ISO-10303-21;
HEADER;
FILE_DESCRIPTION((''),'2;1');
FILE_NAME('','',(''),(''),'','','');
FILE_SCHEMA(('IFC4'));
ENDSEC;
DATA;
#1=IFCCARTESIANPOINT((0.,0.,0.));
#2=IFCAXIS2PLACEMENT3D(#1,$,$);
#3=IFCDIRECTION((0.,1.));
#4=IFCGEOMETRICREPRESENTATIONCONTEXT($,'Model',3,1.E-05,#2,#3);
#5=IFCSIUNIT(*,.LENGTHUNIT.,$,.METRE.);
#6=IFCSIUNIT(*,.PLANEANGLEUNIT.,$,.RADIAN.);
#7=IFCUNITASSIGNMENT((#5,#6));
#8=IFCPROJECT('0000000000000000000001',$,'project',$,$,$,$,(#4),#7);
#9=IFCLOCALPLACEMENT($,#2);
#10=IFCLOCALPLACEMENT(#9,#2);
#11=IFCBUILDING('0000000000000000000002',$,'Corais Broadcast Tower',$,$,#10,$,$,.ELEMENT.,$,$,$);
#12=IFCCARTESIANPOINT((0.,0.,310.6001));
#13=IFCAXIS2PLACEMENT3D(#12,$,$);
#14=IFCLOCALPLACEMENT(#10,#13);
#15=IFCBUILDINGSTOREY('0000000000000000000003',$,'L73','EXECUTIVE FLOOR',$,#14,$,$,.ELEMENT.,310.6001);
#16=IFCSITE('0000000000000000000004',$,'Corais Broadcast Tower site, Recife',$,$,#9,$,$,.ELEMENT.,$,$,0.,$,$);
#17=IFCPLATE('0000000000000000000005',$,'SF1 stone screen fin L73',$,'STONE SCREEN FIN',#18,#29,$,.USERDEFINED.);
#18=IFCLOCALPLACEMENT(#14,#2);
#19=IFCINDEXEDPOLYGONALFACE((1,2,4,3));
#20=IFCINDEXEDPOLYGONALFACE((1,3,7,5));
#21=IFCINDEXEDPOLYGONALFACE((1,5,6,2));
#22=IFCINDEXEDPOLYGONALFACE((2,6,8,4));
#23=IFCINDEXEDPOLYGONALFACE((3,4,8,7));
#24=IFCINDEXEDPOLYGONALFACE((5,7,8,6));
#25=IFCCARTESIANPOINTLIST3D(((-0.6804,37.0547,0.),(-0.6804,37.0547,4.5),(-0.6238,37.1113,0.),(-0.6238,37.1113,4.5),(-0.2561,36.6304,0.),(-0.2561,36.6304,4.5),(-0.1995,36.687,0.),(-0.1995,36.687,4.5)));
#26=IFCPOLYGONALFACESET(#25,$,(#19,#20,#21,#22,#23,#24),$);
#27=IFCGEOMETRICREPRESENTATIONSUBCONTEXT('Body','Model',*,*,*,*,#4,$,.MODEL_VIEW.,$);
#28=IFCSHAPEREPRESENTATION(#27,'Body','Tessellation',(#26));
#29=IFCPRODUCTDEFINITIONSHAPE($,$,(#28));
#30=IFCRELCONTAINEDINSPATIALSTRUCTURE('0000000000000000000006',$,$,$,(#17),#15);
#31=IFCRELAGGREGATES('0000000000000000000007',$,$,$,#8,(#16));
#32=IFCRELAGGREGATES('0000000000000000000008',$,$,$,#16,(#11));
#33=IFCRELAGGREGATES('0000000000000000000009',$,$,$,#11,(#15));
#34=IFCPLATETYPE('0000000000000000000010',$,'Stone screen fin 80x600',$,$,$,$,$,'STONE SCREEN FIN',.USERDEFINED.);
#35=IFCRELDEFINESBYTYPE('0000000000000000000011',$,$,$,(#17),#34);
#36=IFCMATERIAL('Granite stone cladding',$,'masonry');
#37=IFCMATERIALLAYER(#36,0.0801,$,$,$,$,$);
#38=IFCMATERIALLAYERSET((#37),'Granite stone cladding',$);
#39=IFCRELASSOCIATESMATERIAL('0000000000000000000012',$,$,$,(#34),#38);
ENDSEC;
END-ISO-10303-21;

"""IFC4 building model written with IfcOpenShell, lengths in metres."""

from ifc_helpers import new_model, si_unit, direction, frame, origin, origin_2d, place, context, subcontext, project, spatial, rectangle, extrude, material, layer, layer_set, type_object, element, save


model = new_model("IFC4")

# Units and contexts
model_context = context("Model", 3, precision=1e-05, world=origin(), true_north=direction((0.0, 1.0)))
body_context = subcontext(model_context, "Body", "Model", "MODEL_VIEW")
ifc_project = project(units=[si_unit("LENGTHUNIT", "METRE"), si_unit("PLANEANGLEUNIT", "RADIAN")], contexts=[model_context])

# Site, building, storey
site_placement = place(None, origin())
site = spatial("IfcSite", under=ifc_project, at=site_placement, Name="Corais Broadcast Tower site, Recife", CompositionType="ELEMENT", RefElevation=0.0)
building_placement = place(site_placement, origin())
building = spatial("IfcBuilding", under=site, at=building_placement, Name="Corais Broadcast Tower", CompositionType="ELEMENT")
storey_placement = place(building_placement, frame((0.0, 0.0, 310.6001)))
storey = spatial("IfcBuildingStorey", under=building, at=storey_placement, Name="L73", Description="EXECUTIVE FLOOR", CompositionType="ELEMENT", Elevation=310.6001)

# Plate
ifc_material_1 = material(Name="Granite stone cladding", Category="masonry")
ifc_layer_1 = layer(ifc_material_1, 0.0801)
ifc_layer_set_1 = layer_set([ifc_layer_1], Name="Granite stone cladding")
plate_type_1 = type_object("IfcPlateType", Name="Stone screen fin 80x600", ElementType="STONE SCREEN FIN", PredefinedType="USERDEFINED", material=ifc_layer_set_1)
plate_1_placement = place(storey_placement, frame((-0.4399, 36.8708, 0.0), z_axis=(0.0, 0.0, 1.0), x_axis=(0.707107, 0.707107, 0.0)))
element("IfcPlate", 1, at=plate_1_placement, inside=storey, type_object=plate_type_1, Name="SF1 stone screen fin L73", ObjectType="STONE SCREEN FIN", PredefinedType="USERDEFINED", context=body_context, shape_type="SweptSolid", body=[
    extrude(rectangle(XDim=0.0801, YDim=0.6001, at=origin_2d()), origin(), (0.0, 0.0, 1.0), 4.5),
])

save(model, "model.ifc")
